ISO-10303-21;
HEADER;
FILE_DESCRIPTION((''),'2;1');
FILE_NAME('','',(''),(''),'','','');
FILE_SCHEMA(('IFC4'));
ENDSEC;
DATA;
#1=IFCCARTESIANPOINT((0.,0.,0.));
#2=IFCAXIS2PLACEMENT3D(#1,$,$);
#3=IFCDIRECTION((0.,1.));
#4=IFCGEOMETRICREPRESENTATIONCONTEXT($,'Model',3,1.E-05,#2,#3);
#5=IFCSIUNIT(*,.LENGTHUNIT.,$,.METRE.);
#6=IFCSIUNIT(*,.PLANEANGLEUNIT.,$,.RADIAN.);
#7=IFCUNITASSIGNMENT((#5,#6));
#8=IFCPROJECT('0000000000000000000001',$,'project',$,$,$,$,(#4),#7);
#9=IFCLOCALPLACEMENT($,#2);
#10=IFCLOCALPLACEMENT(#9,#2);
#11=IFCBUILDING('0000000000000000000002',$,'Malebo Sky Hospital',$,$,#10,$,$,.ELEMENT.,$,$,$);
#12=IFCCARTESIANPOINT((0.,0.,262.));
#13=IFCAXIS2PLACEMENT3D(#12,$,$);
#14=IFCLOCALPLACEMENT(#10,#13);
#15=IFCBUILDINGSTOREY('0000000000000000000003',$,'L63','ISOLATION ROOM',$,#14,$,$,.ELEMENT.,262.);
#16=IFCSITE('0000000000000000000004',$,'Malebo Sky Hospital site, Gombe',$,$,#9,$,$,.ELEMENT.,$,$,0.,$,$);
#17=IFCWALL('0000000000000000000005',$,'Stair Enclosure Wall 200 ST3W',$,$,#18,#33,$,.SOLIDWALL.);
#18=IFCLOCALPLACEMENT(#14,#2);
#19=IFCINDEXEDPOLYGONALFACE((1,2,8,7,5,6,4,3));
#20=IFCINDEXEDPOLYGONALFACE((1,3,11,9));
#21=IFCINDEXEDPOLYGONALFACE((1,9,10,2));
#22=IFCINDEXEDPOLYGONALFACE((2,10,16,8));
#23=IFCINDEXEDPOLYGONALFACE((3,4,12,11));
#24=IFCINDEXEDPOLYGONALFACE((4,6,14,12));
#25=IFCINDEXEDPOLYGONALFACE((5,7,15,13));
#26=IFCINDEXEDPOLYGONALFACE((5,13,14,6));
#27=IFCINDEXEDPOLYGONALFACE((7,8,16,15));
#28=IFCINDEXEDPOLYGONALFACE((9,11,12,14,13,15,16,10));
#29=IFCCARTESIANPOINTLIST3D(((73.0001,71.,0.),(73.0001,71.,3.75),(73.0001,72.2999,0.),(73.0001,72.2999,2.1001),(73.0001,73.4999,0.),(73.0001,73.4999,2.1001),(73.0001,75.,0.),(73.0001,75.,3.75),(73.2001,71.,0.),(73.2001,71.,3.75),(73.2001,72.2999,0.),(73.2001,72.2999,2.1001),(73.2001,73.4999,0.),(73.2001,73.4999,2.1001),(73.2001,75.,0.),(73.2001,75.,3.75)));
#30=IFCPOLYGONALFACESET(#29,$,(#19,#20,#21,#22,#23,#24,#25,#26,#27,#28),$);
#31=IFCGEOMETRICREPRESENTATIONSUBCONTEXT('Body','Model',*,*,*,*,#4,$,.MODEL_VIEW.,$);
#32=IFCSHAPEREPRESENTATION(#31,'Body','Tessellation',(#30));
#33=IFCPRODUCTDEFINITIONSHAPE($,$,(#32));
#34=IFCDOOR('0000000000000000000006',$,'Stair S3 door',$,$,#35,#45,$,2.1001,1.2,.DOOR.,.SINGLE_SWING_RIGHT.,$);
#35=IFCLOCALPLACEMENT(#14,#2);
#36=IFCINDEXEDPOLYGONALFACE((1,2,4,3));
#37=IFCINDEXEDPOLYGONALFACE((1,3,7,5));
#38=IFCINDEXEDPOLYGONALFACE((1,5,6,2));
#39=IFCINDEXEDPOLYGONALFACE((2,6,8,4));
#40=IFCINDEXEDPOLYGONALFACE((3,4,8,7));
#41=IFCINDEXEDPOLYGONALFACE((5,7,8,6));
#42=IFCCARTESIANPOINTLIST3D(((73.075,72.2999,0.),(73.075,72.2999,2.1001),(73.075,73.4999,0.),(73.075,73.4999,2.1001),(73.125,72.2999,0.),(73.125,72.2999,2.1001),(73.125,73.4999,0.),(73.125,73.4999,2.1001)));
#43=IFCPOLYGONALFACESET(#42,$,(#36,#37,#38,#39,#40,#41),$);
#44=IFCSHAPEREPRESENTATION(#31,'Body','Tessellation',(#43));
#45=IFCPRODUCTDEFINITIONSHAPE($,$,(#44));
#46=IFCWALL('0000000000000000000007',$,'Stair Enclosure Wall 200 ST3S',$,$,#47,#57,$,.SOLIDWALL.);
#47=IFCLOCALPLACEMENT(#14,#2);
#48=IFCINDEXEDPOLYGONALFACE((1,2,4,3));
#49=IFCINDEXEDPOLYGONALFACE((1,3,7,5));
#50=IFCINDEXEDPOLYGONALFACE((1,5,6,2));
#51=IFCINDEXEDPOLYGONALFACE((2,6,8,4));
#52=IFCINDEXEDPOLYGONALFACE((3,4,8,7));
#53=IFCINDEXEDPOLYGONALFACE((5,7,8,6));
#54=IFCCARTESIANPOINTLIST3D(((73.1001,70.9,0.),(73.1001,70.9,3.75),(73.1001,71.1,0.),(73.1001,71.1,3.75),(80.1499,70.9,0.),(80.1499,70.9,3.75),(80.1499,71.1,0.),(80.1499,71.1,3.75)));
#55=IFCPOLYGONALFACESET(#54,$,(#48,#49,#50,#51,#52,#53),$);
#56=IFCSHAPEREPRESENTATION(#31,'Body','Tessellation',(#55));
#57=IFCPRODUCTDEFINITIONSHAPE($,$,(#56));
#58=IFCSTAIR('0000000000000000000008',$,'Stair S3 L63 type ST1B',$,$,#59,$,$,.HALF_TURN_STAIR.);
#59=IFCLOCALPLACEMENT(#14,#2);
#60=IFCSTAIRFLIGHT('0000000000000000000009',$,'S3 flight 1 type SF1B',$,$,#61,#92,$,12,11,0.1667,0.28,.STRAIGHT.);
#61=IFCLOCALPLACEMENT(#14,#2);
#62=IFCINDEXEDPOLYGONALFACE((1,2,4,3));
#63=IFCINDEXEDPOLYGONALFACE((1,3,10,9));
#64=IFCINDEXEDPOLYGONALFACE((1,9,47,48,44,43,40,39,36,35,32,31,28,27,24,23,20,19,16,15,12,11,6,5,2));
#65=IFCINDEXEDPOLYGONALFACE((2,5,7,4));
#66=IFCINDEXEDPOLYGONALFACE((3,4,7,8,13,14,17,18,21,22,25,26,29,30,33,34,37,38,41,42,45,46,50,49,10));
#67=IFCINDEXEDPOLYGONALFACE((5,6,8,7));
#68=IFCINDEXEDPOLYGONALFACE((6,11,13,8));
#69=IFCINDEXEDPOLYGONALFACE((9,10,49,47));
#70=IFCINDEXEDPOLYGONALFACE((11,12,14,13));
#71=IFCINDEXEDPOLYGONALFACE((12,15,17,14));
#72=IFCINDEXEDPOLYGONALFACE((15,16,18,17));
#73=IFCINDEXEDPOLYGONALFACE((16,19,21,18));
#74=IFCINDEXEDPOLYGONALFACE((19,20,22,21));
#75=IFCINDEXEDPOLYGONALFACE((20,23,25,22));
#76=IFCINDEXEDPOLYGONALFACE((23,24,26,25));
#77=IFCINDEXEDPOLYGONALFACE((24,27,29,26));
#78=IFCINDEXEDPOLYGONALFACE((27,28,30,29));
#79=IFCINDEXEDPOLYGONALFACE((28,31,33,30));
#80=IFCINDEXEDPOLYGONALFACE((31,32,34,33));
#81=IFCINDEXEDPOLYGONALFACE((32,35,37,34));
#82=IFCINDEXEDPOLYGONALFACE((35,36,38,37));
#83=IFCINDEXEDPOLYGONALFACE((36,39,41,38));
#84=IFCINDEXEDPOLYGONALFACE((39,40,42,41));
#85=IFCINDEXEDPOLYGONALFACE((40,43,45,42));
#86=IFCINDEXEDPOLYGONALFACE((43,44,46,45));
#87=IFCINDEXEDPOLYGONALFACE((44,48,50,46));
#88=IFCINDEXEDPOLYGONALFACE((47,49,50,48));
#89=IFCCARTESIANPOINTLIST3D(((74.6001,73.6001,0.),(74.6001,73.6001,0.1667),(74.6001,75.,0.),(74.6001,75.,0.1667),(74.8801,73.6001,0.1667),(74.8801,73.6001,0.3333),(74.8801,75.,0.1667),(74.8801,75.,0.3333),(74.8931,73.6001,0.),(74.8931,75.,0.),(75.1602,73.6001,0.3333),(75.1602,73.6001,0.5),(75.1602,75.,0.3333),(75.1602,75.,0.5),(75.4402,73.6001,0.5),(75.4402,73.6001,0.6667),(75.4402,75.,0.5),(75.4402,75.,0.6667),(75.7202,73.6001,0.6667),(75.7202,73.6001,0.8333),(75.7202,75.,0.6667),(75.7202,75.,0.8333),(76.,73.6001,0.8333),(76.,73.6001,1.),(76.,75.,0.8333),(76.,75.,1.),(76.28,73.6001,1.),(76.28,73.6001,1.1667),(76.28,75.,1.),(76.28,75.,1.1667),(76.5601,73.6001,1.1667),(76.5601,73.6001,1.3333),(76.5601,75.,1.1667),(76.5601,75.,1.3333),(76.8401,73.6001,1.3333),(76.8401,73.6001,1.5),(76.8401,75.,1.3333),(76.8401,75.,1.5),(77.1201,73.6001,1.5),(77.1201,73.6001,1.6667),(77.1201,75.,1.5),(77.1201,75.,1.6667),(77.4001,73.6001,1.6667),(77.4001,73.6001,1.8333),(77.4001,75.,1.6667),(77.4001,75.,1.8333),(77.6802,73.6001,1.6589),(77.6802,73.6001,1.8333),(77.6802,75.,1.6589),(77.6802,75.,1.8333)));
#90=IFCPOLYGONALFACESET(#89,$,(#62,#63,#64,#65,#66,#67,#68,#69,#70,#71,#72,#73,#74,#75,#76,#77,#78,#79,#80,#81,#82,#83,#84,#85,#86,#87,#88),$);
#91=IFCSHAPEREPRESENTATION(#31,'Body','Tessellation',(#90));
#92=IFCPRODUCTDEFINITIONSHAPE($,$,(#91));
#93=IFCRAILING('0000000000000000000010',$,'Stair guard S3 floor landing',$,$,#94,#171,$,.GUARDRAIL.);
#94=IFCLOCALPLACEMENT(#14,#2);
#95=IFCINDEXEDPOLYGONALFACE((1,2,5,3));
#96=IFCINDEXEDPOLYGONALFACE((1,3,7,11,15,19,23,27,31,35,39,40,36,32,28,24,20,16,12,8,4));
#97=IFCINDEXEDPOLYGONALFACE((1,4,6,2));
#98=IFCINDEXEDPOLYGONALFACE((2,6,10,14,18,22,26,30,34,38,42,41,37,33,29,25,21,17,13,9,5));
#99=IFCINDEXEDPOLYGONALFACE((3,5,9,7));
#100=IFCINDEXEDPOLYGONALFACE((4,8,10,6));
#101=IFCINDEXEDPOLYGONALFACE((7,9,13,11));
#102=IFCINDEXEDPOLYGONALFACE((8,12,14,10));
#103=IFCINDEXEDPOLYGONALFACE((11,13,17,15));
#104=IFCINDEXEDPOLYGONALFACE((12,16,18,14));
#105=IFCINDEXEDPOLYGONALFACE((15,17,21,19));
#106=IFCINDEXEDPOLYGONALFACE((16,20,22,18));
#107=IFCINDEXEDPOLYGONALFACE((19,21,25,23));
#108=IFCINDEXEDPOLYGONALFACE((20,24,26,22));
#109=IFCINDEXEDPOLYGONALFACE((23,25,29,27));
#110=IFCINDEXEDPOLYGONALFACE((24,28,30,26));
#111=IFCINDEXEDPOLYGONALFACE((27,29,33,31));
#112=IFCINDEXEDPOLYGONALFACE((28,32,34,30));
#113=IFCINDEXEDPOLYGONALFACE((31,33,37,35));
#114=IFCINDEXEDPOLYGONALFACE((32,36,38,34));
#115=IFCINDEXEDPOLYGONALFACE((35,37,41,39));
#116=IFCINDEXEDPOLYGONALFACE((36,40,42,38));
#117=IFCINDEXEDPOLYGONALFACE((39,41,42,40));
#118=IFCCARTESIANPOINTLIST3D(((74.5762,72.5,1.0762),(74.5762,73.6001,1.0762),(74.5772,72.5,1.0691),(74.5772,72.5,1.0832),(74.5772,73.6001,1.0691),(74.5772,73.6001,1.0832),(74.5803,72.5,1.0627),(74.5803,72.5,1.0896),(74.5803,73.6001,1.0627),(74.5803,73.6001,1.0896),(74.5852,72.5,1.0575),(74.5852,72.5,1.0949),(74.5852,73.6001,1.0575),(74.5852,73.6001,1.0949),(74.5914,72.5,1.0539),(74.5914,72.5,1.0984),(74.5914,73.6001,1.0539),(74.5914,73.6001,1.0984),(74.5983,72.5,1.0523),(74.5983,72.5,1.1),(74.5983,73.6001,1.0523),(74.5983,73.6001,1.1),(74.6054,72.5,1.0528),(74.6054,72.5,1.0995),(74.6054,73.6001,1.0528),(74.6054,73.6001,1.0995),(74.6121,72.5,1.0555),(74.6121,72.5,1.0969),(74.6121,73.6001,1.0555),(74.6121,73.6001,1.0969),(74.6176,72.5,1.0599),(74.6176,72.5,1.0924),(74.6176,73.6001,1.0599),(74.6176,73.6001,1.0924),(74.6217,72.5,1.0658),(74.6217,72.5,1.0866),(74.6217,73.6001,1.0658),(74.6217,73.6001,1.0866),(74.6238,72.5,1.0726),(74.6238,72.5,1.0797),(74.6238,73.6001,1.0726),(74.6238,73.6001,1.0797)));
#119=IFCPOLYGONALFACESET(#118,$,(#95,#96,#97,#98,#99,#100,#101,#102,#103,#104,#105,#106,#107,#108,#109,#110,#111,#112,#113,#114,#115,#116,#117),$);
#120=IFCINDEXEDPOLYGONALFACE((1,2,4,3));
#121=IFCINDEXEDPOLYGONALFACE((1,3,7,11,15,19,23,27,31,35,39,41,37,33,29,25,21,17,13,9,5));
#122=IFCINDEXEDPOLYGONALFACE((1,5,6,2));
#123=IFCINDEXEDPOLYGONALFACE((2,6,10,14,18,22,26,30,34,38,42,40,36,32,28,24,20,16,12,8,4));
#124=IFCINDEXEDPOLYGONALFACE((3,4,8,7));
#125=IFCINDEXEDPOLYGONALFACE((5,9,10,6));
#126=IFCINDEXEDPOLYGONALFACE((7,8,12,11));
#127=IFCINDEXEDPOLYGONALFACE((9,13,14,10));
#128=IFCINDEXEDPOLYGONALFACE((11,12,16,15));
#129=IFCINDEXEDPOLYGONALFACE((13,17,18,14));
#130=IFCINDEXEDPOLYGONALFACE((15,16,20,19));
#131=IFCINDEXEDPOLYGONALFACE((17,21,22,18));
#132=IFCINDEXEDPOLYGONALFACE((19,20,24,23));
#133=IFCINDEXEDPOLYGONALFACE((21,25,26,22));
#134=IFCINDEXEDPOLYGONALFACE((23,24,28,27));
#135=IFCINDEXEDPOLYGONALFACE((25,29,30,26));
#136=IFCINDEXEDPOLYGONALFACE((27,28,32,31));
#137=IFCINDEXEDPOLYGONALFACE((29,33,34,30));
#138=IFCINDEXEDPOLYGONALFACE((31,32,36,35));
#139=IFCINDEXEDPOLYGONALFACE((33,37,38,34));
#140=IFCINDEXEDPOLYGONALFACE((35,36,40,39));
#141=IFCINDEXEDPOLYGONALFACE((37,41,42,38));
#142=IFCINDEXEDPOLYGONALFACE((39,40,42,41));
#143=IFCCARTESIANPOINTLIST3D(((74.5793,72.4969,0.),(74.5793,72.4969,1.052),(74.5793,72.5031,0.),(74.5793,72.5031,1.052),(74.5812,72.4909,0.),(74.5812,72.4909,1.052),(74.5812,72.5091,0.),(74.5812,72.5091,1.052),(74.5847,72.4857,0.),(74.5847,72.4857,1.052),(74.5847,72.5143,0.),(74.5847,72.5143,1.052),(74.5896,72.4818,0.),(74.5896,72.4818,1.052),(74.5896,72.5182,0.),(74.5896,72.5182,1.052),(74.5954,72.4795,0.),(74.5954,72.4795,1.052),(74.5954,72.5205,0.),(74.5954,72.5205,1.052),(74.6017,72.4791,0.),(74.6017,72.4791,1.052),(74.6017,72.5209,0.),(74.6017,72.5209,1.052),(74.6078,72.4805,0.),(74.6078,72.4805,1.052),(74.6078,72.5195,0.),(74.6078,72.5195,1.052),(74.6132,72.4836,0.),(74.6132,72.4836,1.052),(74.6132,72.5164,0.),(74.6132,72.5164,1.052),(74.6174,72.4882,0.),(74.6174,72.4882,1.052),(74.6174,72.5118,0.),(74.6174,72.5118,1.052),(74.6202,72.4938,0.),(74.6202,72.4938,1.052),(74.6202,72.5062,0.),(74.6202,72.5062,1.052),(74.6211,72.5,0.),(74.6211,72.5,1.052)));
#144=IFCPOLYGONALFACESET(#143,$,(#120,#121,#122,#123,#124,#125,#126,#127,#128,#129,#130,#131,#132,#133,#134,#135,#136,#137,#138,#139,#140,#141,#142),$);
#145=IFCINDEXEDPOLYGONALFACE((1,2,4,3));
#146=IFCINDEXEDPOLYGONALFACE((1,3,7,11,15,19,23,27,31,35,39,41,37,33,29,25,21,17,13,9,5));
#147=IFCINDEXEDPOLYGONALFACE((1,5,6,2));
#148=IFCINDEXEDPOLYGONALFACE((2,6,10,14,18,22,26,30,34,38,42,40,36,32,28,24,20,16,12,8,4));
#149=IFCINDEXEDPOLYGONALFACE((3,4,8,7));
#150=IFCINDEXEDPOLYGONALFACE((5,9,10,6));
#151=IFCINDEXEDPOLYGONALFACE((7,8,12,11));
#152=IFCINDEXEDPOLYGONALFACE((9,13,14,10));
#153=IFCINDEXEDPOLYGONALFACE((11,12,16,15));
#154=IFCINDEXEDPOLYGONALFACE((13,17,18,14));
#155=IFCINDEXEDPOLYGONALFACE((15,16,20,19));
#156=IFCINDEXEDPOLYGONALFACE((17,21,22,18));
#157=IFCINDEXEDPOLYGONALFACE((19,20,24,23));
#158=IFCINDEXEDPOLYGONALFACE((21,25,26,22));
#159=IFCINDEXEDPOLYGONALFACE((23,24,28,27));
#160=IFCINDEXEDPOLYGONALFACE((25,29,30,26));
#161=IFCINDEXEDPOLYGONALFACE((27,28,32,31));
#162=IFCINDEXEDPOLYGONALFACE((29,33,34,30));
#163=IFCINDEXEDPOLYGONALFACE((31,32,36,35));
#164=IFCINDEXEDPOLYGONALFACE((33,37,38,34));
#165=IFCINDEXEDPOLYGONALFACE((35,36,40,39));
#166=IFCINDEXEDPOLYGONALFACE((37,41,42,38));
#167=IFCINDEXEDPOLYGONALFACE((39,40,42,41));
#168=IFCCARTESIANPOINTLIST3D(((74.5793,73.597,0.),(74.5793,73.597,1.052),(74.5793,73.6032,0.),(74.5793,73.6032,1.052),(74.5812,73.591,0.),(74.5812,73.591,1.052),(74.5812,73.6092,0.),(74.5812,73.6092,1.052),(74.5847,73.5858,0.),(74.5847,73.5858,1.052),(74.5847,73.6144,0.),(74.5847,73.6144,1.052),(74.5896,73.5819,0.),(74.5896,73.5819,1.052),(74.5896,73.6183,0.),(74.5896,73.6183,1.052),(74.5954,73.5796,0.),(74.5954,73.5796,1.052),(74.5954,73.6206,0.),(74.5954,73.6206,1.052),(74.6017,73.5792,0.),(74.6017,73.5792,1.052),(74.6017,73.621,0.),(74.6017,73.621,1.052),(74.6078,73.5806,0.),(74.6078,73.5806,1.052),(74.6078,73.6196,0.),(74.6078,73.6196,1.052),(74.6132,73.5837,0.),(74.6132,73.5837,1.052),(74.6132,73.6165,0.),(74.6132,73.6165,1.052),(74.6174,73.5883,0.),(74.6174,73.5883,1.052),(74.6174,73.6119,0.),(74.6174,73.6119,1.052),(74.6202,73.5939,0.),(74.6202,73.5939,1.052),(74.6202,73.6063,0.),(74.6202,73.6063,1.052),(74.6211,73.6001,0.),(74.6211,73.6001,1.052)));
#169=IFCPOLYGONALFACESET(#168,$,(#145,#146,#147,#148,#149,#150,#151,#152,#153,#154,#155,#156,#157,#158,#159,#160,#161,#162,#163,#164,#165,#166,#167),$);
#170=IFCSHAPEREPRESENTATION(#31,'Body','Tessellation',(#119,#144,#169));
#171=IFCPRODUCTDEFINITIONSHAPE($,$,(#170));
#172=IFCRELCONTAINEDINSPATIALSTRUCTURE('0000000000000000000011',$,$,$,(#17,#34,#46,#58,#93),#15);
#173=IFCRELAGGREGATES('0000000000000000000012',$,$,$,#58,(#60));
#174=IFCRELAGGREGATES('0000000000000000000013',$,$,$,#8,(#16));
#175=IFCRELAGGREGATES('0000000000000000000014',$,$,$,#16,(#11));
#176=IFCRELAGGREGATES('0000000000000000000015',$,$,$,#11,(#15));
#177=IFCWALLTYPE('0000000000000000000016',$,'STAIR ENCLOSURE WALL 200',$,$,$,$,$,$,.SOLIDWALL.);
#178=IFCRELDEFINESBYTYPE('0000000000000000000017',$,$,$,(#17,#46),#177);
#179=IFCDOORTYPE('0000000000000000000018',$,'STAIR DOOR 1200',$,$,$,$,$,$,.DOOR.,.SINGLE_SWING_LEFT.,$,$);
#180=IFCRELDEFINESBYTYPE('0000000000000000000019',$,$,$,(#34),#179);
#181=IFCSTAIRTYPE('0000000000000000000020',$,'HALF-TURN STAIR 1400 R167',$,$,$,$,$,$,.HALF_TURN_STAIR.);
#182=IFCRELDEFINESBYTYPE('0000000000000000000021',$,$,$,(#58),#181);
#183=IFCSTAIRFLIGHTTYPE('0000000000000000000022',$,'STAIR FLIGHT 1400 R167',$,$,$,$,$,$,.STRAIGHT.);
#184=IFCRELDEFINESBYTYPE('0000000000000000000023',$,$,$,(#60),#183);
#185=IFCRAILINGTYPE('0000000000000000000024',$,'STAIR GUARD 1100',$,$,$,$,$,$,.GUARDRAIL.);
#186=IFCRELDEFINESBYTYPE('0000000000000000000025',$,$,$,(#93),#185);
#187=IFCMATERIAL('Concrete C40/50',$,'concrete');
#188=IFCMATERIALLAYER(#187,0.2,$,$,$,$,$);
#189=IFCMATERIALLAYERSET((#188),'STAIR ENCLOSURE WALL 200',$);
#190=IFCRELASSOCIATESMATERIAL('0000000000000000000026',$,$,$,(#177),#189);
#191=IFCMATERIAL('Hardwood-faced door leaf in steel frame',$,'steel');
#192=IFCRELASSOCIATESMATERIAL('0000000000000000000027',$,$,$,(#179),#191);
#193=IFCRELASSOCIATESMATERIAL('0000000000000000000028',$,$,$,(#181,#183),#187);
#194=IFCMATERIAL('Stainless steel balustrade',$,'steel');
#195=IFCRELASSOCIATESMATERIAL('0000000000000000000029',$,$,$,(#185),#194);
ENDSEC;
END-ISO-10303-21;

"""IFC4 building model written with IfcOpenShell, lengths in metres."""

from ifc_helpers import new_model, si_unit, direction, frame, frame_2d, origin, origin_2d, place, context, subcontext, project, spatial, polyline, rectangle, circle, outline, extrude, material, layer, layer_set, type_object, element, fill, aggregate, save


model = new_model("IFC4")

# Units and contexts
model_context = context("Model", 3, precision=1e-05, world=origin(), true_north=direction((0.0, 1.0)))
body_context = subcontext(model_context, "Body", "Model", "MODEL_VIEW")
ifc_project = project(units=[si_unit("LENGTHUNIT", "METRE"), si_unit("PLANEANGLEUNIT", "RADIAN")], contexts=[model_context])

# Site, building, storey
site_placement = place(None, origin())
site = spatial("IfcSite", under=ifc_project, at=site_placement, Name="Malebo Sky Hospital site, Gombe", CompositionType="ELEMENT", RefElevation=0.0)
building_placement = place(site_placement, origin())
building = spatial("IfcBuilding", under=site, at=building_placement, Name="Malebo Sky Hospital", CompositionType="ELEMENT")
storey_placement = place(building_placement, frame((0.0, 0.0, 262.0)))
storey = spatial("IfcBuildingStorey", under=building, at=storey_placement, Name="L63", Description="ISOLATION ROOM", CompositionType="ELEMENT", Elevation=262.0)

# Shared definitions
ifc_material_1 = material(Name="Hardwood-faced door leaf in steel frame", Category="steel")

# Wall, opening, door
ifc_material_2 = material(Name="Concrete C40/50", Category="concrete")
ifc_layer_1 = layer(ifc_material_2, 0.2)
ifc_layer_set_1 = layer_set([ifc_layer_1], Name="STAIR ENCLOSURE WALL 200")
wall_type_1 = type_object("IfcWallType", Name="STAIR ENCLOSURE WALL 200", PredefinedType="SOLIDWALL", material=ifc_layer_set_1)
wall_1_placement = place(storey_placement, frame((73.1001, 75.0, 0.0), z_axis=(0.0, 0.0, 1.0), x_axis=(0.0, -1.0, 0.0)))
wall_1 = element("IfcWall", 1, at=wall_1_placement, inside=storey, type_object=wall_type_1, Name="Stair Enclosure Wall 200 ST3W", PredefinedType="SOLIDWALL", context=body_context, shape_type="SweptSolid", body=[
    extrude(rectangle(XDim=4.0, YDim=0.2, at=frame_2d((2.0, 0.0))), origin(), (0.0, 0.0, 1.0), 3.75),
])
opening_1_placement = place(wall_1_placement, frame((1.5, 0.0, 0.0)))
opening_1 = element("IfcOpeningElement", 2, at=opening_1_placement, cuts=wall_1, PredefinedType="OPENING", context=body_context, shape_type="SweptSolid", body=[
    extrude(rectangle(XDim=1.2, YDim=2.1001, at=frame_2d((0.6001, 1.05))), frame((0.0, 0.1099, 0.0), z_axis=(0.0, -1.0, 0.0), x_axis=(1.0, 0.0, 0.0)), (0.0, 0.0, 1.0), 0.22),
])
door_type_1 = type_object("IfcDoorType", Name="STAIR DOOR 1200", OperationType="SINGLE_SWING_LEFT", PredefinedType="DOOR", material=ifc_material_1)
door_1_placement = place(opening_1_placement, origin())
door_1 = element("IfcDoor", 3, at=door_1_placement, inside=storey, type_object=door_type_1, Name="Stair S3 door", OperationType="SINGLE_SWING_RIGHT", OverallHeight=2.1001, OverallWidth=1.2, PredefinedType="DOOR", context=body_context, shape_type="SweptSolid", body=[
    extrude(rectangle(XDim=1.2, YDim=2.1001, at=frame_2d((0.6001, 1.05))), frame((0.0, 0.0249, 0.0), z_axis=(0.0, -1.0, 0.0), x_axis=(1.0, 0.0, 0.0)), (0.0, 0.0, 1.0), 0.05),
])
fill(opening_1, door_1)

# Wall
wall_2_placement = place(storey_placement, frame((73.1001, 71.0, 0.0), z_axis=(0.0, 0.0, 1.0), x_axis=(1.0, 0.0, 0.0)))
element("IfcWall", 4, at=wall_2_placement, inside=storey, type_object=wall_type_1, Name="Stair Enclosure Wall 200 ST3S", PredefinedType="SOLIDWALL", context=body_context, shape_type="SweptSolid", body=[
    extrude(rectangle(XDim=7.0498, YDim=0.2, at=frame_2d((3.5249, 0.0))), origin(), (0.0, 0.0, 1.0), 3.75),
])

# Stair, stair flight
stair_type = type_object("IfcStairType", Name="HALF-TURN STAIR 1400 R167", PredefinedType="HALF_TURN_STAIR", material=ifc_material_2)
stair_placement = place(storey_placement, origin())
stair = element("IfcStair", 5, at=stair_placement, inside=storey, type_object=stair_type, Name="Stair S3 L63 type ST1B", PredefinedType="HALF_TURN_STAIR")
stair_flight_type = type_object("IfcStairFlightType", Name="STAIR FLIGHT 1400 R167", PredefinedType="STRAIGHT", material=ifc_material_2)
stair_flight_placement = place(storey_placement, frame((74.6001, 74.3, 0.0), z_axis=(0.0, 0.0, 1.0), x_axis=(1.0, 0.0, 0.0)))
stair_flight = element("IfcStairFlight", 6, at=stair_flight_placement, type_object=stair_flight_type, Name="S3 flight 1 type SF1B", NumberOfRisers=12, NumberOfTreads=11, PredefinedType="STRAIGHT", RiserHeight=0.1667, TreadLength=0.28, context=body_context, shape_type="SweptSolid", body=[
    extrude(outline(polyline([(0.0, 0.0), (0.0, 0.1667), (0.28, 0.1667), (0.28, 0.3333), (0.5601, 0.3333), (0.5601, 0.5), (0.8401, 0.5), (0.8401, 0.6667), (1.1201, 0.6667), (1.1201, 0.8333), (1.3999, 0.8333), (1.3999, 1.0), (1.6799, 1.0), (1.6799, 1.1667), (1.96, 1.1667), (1.96, 1.3333), (2.24, 1.3333), (2.24, 1.5), (2.52, 1.5), (2.52, 1.6667), (2.8, 1.6667), (2.8, 1.8333), (3.0801, 1.8333), (3.0801, 2.0), (3.0801, 1.6589), (0.293, 0.0), (0.0, 0.0)])), frame((0.0, 0.7, 0.0), z_axis=(0.0, -1.0, 0.0), x_axis=(1.0, 0.0, 0.0)), (0.0, 0.0, 1.0), 1.3999),
])
aggregate(stair, [stair_flight])

# Railing
ifc_material_3 = material(Name="Stainless steel balustrade", Category="steel")
railing_type_1 = type_object("IfcRailingType", Name="STAIR GUARD 1100", PredefinedType="GUARDRAIL", material=ifc_material_3)
railing_1_placement = place(storey_placement, frame((74.6001, 72.5, 0.0)))
element("IfcRailing", 7, at=railing_1_placement, inside=storey, type_object=railing_type_1, Name="Stair guard S3 floor landing", PredefinedType="GUARDRAIL", context=body_context, shape_type="SweptSolid", body=[
    extrude(circle(Radius=0.0239, at=origin_2d()), frame((0.0, 0.0, 1.0762), z_axis=(0.0, 1.0, 0.0), x_axis=(-1.0, 0.0, 0.0)), (0.0, 0.0, 1.0), 1.1001),
    extrude(circle(Radius=0.021, at=origin_2d()), origin(), (0.0, 0.0, 1.0), 1.052),
    extrude(circle(Radius=0.021, at=origin_2d()), frame((0.0, 1.1001, 0.0)), (0.0, 0.0, 1.0), 1.052),
])

save(model, "model.ifc")
